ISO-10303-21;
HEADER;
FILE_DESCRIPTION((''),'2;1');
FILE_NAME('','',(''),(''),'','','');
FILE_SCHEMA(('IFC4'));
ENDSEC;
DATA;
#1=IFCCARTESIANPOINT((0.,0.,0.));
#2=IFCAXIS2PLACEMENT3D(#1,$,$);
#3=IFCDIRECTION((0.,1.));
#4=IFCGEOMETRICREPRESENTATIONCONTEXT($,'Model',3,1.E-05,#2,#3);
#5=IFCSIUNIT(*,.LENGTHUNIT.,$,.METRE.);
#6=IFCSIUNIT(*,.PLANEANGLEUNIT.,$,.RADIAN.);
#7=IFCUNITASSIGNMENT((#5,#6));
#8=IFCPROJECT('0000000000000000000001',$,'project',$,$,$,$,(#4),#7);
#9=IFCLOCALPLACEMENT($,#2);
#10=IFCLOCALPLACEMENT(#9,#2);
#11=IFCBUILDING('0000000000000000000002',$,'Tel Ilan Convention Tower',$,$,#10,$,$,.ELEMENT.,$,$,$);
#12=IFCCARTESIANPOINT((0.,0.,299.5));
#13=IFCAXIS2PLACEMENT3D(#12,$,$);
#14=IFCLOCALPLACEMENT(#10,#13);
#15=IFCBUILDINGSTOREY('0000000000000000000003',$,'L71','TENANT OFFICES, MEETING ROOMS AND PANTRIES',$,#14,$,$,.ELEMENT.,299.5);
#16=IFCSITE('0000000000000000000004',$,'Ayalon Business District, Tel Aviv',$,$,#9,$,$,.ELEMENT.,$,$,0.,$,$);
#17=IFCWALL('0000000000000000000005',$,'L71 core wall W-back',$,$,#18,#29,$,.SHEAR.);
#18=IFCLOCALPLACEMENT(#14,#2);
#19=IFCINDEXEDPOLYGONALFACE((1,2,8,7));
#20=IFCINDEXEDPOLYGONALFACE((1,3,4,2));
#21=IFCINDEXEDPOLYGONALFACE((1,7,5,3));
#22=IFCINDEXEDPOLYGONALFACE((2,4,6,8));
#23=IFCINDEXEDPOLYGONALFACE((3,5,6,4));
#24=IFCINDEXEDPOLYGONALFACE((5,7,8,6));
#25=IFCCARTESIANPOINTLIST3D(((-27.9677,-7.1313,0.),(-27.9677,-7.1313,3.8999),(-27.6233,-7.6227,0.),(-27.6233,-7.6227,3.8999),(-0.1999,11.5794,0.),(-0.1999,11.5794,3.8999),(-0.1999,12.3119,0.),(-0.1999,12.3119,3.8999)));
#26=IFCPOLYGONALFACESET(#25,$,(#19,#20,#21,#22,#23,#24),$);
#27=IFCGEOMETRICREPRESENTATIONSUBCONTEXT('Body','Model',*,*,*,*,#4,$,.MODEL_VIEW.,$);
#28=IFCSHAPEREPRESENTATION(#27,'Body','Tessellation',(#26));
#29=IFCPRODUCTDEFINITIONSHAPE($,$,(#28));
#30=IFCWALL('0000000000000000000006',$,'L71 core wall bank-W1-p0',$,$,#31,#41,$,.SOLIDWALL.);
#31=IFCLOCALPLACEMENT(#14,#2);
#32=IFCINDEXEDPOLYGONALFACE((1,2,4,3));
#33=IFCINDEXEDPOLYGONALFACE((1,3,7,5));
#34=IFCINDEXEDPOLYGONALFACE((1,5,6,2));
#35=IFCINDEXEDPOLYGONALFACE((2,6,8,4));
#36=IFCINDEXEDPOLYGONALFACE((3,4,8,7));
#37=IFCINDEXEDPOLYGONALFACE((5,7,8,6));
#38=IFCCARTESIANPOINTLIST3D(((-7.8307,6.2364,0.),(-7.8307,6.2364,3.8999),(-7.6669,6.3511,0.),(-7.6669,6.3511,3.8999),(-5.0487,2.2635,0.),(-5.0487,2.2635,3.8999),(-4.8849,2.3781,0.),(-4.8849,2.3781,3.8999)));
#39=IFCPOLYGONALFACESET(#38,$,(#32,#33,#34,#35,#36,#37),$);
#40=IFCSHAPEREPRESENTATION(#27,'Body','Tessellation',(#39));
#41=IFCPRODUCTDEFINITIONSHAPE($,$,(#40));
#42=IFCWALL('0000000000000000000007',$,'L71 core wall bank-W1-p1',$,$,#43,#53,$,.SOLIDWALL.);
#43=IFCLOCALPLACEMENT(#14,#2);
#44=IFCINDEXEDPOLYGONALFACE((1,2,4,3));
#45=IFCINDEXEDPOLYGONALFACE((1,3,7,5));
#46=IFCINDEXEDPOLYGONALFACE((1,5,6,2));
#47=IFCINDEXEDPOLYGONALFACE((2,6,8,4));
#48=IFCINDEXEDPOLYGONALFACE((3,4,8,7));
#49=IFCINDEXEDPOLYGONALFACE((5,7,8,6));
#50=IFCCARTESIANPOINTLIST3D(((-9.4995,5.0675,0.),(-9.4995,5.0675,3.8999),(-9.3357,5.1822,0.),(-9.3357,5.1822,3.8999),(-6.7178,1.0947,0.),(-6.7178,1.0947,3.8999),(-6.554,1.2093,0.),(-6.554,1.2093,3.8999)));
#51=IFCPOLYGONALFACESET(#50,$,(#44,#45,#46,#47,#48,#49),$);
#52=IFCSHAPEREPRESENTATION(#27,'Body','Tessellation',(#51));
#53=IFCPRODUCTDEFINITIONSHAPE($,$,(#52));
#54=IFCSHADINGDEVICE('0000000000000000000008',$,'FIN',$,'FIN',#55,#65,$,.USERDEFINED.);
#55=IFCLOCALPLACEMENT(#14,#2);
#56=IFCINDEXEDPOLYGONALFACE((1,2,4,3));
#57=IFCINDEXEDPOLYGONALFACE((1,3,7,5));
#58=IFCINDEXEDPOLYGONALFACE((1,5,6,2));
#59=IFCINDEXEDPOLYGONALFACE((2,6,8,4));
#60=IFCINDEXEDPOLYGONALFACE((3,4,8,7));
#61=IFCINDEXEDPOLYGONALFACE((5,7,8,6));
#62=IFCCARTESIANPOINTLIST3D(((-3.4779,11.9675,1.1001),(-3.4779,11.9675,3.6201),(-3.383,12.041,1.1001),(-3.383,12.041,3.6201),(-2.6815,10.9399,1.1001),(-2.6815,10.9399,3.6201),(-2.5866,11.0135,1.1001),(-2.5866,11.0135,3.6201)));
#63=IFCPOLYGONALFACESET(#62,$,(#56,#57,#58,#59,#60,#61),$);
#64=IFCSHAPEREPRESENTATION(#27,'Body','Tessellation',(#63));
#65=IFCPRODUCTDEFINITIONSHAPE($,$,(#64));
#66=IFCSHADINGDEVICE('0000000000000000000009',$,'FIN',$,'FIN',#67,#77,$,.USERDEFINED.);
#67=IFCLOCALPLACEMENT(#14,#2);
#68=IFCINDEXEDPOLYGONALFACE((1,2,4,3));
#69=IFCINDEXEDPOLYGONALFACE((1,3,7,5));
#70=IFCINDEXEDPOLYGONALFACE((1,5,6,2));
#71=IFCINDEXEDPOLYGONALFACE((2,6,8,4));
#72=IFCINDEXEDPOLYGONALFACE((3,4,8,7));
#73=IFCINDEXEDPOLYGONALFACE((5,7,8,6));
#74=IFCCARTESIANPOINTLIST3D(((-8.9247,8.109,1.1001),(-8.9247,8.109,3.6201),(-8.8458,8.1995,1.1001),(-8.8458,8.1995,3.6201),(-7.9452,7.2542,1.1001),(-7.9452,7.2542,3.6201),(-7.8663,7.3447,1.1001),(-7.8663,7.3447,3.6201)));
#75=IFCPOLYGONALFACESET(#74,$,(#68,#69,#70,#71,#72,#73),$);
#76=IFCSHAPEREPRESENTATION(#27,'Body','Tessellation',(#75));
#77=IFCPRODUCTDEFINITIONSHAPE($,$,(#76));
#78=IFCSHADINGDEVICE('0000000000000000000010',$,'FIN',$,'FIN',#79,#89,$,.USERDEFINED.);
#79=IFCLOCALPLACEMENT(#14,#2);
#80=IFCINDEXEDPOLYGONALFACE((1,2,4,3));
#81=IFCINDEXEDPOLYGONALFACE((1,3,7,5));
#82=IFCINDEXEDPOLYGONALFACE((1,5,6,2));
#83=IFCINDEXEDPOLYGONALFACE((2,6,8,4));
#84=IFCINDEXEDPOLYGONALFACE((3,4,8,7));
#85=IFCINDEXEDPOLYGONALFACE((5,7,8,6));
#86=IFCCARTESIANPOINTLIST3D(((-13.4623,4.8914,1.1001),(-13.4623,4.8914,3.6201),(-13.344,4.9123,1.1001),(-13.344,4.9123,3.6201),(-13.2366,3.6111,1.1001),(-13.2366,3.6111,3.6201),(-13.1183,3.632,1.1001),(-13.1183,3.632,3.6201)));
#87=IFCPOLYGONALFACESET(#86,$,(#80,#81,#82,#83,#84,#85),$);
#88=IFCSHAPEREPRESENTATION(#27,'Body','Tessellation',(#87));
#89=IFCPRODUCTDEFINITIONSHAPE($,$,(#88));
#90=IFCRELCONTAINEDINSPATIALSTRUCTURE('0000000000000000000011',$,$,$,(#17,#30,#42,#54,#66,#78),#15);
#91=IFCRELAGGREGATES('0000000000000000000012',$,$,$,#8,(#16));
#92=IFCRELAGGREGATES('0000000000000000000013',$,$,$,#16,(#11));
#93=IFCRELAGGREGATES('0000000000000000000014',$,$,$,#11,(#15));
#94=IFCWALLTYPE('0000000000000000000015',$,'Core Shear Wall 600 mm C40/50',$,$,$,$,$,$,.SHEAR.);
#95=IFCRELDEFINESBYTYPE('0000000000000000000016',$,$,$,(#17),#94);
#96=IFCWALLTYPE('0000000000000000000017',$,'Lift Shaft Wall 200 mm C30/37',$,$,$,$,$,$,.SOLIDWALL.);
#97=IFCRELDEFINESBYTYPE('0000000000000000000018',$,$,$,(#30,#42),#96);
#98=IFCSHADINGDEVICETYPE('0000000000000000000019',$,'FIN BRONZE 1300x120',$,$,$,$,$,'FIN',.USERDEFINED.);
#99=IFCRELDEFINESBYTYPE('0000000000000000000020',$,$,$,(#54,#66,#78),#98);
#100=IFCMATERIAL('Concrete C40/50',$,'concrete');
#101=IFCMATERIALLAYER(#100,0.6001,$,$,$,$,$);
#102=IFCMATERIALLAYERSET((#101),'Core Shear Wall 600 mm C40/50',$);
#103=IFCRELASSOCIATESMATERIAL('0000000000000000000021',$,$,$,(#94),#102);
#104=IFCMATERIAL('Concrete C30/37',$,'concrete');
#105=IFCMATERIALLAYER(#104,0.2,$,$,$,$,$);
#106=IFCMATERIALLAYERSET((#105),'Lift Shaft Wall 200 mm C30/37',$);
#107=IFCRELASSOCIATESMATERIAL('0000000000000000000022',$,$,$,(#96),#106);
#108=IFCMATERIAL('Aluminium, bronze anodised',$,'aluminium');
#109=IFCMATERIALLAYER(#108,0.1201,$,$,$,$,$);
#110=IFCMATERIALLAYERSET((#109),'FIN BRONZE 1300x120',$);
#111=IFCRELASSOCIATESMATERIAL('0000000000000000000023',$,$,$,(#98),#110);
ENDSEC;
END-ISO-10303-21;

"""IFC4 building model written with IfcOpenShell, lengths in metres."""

from ifc_helpers import new_model, si_unit, direction, frame, frame_2d, origin, origin_2d, place, context, subcontext, project, spatial, polyline, rectangle, outline, extrude, material, layer, layer_set, type_object, element, save


model = new_model("IFC4")

# Units and contexts
model_context = context("Model", 3, precision=1e-05, world=origin(), true_north=direction((0.0, 1.0)))
body_context = subcontext(model_context, "Body", "Model", "MODEL_VIEW")
ifc_project = project(units=[si_unit("LENGTHUNIT", "METRE"), si_unit("PLANEANGLEUNIT", "RADIAN")], contexts=[model_context])

# Site, building, storey
site_placement = place(None, origin())
site = spatial("IfcSite", under=ifc_project, at=site_placement, Name="Ayalon Business District, Tel Aviv", CompositionType="ELEMENT", RefElevation=0.0)
building_placement = place(site_placement, origin())
building = spatial("IfcBuilding", under=site, at=building_placement, Name="Tel Ilan Convention Tower", CompositionType="ELEMENT")
storey_placement = place(building_placement, frame((0.0, 0.0, 299.5)))
storey = spatial("IfcBuildingStorey", under=building, at=storey_placement, Name="L71", Description="TENANT OFFICES, MEETING ROOMS AND PANTRIES", CompositionType="ELEMENT", Elevation=299.5)

# Walls
ifc_material_1 = material(Name="Concrete C40/50", Category="concrete")
ifc_layer_1 = layer(ifc_material_1, 0.6001)
ifc_layer_set_1 = layer_set([ifc_layer_1], Name="Core Shear Wall 600 mm C40/50")
wall_type_1 = type_object("IfcWallType", Name="Core Shear Wall 600 mm C40/50", PredefinedType="SHEAR", material=ifc_layer_set_1)
wall_1_placement = place(storey_placement, frame((-0.0278, 12.0662, 0.0), z_axis=(0.0, 0.0, 1.0), x_axis=(-0.819151, -0.573577, 0.0)))
element("IfcWall", 1, at=wall_1_placement, inside=storey, type_object=wall_type_1, Name="L71 core wall W-back", PredefinedType="SHEAR", context=body_context, shape_type="SweptSolid", body=[
    extrude(outline(polyline([(33.8979, 0.3), (0.4202, 0.3), (0.0, -0.3), (33.8982, -0.3), (33.8979, 0.3)])), origin(), (0.0, 0.0, 1.0), 3.8999),
])
ifc_material_2 = material(Name="Concrete C30/37", Category="concrete")
ifc_layer_2 = layer(ifc_material_2, 0.2)
ifc_layer_set_2 = layer_set([ifc_layer_2], Name="Lift Shaft Wall 200 mm C30/37")
wall_type_2 = type_object("IfcWallType", Name="Lift Shaft Wall 200 mm C30/37", PredefinedType="SOLIDWALL", material=ifc_layer_set_2)
wall_2_placement = place(storey_placement, frame((-4.9668, 2.3208, 0.0), z_axis=(0.0, 0.0, 1.0), x_axis=(-0.573594, 0.81914, 0.0)))
element("IfcWall", 2, at=wall_2_placement, inside=storey, type_object=wall_type_2, Name="L71 core wall bank-W1-p0", PredefinedType="SOLIDWALL", context=body_context, shape_type="SweptSolid", body=[
    extrude(rectangle(XDim=4.8501, YDim=0.2, at=frame_2d((2.425, 0.0))), origin(), (0.0, 0.0, 1.0), 3.8999),
])
wall_3_placement = place(storey_placement, frame((-6.636, 1.1521, 0.0), z_axis=(0.0, 0.0, 1.0), x_axis=(-0.57356, 0.819163, 0.0)))
element("IfcWall", 3, at=wall_3_placement, inside=storey, type_object=wall_type_2, Name="L71 core wall bank-W1-p1", PredefinedType="SOLIDWALL", context=body_context, shape_type="SweptSolid", body=[
    extrude(rectangle(XDim=4.8499, YDim=0.2, at=frame_2d((2.4248, 0.0))), origin(), (0.0, 0.0, 1.0), 3.8999),
])

# Shading devices
ifc_material_3 = material(Name="Aluminium, bronze anodised", Category="aluminium")
ifc_layer_3 = layer(ifc_material_3, 0.1201)
ifc_layer_set_3 = layer_set([ifc_layer_3], Name="FIN BRONZE 1300x120")
shading_device_type = type_object("IfcShadingDeviceType", Name="FIN BRONZE 1300x120", ElementType="FIN", PredefinedType="USERDEFINED", material=ifc_layer_set_3)
for number, where, z_axis, x_axis, name in (
    (4, (-3.0322, 11.4905, 1.1001), (0.0, 0.0, 1.0), (-0.612601, 0.790393, 0.0), "FIN"),
    (5, (-8.3955, 7.7268, 1.1001), (0.0, 0.0, 1.0), (-0.753436, 0.657521, 0.0), "FIN"),
    (6, (-13.2903, 4.2617, 1.1001), (0.0, 0.0, 1.0), (-0.173648, 0.984808, 0.0), "FIN"),
):
    element("IfcShadingDevice", number, at=place(storey_placement, frame(where, z_axis=z_axis, x_axis=x_axis)), inside=storey, type_object=shading_device_type, Name=name, ObjectType="FIN", PredefinedType="USERDEFINED", context=body_context, shape_type="SweptSolid", body=[
        extrude(rectangle(XDim=1.3, YDim=0.1201, at=origin_2d()), origin(), (0.0, 0.0, 1.0), 2.52),
    ])

save(model, "model.ifc")
